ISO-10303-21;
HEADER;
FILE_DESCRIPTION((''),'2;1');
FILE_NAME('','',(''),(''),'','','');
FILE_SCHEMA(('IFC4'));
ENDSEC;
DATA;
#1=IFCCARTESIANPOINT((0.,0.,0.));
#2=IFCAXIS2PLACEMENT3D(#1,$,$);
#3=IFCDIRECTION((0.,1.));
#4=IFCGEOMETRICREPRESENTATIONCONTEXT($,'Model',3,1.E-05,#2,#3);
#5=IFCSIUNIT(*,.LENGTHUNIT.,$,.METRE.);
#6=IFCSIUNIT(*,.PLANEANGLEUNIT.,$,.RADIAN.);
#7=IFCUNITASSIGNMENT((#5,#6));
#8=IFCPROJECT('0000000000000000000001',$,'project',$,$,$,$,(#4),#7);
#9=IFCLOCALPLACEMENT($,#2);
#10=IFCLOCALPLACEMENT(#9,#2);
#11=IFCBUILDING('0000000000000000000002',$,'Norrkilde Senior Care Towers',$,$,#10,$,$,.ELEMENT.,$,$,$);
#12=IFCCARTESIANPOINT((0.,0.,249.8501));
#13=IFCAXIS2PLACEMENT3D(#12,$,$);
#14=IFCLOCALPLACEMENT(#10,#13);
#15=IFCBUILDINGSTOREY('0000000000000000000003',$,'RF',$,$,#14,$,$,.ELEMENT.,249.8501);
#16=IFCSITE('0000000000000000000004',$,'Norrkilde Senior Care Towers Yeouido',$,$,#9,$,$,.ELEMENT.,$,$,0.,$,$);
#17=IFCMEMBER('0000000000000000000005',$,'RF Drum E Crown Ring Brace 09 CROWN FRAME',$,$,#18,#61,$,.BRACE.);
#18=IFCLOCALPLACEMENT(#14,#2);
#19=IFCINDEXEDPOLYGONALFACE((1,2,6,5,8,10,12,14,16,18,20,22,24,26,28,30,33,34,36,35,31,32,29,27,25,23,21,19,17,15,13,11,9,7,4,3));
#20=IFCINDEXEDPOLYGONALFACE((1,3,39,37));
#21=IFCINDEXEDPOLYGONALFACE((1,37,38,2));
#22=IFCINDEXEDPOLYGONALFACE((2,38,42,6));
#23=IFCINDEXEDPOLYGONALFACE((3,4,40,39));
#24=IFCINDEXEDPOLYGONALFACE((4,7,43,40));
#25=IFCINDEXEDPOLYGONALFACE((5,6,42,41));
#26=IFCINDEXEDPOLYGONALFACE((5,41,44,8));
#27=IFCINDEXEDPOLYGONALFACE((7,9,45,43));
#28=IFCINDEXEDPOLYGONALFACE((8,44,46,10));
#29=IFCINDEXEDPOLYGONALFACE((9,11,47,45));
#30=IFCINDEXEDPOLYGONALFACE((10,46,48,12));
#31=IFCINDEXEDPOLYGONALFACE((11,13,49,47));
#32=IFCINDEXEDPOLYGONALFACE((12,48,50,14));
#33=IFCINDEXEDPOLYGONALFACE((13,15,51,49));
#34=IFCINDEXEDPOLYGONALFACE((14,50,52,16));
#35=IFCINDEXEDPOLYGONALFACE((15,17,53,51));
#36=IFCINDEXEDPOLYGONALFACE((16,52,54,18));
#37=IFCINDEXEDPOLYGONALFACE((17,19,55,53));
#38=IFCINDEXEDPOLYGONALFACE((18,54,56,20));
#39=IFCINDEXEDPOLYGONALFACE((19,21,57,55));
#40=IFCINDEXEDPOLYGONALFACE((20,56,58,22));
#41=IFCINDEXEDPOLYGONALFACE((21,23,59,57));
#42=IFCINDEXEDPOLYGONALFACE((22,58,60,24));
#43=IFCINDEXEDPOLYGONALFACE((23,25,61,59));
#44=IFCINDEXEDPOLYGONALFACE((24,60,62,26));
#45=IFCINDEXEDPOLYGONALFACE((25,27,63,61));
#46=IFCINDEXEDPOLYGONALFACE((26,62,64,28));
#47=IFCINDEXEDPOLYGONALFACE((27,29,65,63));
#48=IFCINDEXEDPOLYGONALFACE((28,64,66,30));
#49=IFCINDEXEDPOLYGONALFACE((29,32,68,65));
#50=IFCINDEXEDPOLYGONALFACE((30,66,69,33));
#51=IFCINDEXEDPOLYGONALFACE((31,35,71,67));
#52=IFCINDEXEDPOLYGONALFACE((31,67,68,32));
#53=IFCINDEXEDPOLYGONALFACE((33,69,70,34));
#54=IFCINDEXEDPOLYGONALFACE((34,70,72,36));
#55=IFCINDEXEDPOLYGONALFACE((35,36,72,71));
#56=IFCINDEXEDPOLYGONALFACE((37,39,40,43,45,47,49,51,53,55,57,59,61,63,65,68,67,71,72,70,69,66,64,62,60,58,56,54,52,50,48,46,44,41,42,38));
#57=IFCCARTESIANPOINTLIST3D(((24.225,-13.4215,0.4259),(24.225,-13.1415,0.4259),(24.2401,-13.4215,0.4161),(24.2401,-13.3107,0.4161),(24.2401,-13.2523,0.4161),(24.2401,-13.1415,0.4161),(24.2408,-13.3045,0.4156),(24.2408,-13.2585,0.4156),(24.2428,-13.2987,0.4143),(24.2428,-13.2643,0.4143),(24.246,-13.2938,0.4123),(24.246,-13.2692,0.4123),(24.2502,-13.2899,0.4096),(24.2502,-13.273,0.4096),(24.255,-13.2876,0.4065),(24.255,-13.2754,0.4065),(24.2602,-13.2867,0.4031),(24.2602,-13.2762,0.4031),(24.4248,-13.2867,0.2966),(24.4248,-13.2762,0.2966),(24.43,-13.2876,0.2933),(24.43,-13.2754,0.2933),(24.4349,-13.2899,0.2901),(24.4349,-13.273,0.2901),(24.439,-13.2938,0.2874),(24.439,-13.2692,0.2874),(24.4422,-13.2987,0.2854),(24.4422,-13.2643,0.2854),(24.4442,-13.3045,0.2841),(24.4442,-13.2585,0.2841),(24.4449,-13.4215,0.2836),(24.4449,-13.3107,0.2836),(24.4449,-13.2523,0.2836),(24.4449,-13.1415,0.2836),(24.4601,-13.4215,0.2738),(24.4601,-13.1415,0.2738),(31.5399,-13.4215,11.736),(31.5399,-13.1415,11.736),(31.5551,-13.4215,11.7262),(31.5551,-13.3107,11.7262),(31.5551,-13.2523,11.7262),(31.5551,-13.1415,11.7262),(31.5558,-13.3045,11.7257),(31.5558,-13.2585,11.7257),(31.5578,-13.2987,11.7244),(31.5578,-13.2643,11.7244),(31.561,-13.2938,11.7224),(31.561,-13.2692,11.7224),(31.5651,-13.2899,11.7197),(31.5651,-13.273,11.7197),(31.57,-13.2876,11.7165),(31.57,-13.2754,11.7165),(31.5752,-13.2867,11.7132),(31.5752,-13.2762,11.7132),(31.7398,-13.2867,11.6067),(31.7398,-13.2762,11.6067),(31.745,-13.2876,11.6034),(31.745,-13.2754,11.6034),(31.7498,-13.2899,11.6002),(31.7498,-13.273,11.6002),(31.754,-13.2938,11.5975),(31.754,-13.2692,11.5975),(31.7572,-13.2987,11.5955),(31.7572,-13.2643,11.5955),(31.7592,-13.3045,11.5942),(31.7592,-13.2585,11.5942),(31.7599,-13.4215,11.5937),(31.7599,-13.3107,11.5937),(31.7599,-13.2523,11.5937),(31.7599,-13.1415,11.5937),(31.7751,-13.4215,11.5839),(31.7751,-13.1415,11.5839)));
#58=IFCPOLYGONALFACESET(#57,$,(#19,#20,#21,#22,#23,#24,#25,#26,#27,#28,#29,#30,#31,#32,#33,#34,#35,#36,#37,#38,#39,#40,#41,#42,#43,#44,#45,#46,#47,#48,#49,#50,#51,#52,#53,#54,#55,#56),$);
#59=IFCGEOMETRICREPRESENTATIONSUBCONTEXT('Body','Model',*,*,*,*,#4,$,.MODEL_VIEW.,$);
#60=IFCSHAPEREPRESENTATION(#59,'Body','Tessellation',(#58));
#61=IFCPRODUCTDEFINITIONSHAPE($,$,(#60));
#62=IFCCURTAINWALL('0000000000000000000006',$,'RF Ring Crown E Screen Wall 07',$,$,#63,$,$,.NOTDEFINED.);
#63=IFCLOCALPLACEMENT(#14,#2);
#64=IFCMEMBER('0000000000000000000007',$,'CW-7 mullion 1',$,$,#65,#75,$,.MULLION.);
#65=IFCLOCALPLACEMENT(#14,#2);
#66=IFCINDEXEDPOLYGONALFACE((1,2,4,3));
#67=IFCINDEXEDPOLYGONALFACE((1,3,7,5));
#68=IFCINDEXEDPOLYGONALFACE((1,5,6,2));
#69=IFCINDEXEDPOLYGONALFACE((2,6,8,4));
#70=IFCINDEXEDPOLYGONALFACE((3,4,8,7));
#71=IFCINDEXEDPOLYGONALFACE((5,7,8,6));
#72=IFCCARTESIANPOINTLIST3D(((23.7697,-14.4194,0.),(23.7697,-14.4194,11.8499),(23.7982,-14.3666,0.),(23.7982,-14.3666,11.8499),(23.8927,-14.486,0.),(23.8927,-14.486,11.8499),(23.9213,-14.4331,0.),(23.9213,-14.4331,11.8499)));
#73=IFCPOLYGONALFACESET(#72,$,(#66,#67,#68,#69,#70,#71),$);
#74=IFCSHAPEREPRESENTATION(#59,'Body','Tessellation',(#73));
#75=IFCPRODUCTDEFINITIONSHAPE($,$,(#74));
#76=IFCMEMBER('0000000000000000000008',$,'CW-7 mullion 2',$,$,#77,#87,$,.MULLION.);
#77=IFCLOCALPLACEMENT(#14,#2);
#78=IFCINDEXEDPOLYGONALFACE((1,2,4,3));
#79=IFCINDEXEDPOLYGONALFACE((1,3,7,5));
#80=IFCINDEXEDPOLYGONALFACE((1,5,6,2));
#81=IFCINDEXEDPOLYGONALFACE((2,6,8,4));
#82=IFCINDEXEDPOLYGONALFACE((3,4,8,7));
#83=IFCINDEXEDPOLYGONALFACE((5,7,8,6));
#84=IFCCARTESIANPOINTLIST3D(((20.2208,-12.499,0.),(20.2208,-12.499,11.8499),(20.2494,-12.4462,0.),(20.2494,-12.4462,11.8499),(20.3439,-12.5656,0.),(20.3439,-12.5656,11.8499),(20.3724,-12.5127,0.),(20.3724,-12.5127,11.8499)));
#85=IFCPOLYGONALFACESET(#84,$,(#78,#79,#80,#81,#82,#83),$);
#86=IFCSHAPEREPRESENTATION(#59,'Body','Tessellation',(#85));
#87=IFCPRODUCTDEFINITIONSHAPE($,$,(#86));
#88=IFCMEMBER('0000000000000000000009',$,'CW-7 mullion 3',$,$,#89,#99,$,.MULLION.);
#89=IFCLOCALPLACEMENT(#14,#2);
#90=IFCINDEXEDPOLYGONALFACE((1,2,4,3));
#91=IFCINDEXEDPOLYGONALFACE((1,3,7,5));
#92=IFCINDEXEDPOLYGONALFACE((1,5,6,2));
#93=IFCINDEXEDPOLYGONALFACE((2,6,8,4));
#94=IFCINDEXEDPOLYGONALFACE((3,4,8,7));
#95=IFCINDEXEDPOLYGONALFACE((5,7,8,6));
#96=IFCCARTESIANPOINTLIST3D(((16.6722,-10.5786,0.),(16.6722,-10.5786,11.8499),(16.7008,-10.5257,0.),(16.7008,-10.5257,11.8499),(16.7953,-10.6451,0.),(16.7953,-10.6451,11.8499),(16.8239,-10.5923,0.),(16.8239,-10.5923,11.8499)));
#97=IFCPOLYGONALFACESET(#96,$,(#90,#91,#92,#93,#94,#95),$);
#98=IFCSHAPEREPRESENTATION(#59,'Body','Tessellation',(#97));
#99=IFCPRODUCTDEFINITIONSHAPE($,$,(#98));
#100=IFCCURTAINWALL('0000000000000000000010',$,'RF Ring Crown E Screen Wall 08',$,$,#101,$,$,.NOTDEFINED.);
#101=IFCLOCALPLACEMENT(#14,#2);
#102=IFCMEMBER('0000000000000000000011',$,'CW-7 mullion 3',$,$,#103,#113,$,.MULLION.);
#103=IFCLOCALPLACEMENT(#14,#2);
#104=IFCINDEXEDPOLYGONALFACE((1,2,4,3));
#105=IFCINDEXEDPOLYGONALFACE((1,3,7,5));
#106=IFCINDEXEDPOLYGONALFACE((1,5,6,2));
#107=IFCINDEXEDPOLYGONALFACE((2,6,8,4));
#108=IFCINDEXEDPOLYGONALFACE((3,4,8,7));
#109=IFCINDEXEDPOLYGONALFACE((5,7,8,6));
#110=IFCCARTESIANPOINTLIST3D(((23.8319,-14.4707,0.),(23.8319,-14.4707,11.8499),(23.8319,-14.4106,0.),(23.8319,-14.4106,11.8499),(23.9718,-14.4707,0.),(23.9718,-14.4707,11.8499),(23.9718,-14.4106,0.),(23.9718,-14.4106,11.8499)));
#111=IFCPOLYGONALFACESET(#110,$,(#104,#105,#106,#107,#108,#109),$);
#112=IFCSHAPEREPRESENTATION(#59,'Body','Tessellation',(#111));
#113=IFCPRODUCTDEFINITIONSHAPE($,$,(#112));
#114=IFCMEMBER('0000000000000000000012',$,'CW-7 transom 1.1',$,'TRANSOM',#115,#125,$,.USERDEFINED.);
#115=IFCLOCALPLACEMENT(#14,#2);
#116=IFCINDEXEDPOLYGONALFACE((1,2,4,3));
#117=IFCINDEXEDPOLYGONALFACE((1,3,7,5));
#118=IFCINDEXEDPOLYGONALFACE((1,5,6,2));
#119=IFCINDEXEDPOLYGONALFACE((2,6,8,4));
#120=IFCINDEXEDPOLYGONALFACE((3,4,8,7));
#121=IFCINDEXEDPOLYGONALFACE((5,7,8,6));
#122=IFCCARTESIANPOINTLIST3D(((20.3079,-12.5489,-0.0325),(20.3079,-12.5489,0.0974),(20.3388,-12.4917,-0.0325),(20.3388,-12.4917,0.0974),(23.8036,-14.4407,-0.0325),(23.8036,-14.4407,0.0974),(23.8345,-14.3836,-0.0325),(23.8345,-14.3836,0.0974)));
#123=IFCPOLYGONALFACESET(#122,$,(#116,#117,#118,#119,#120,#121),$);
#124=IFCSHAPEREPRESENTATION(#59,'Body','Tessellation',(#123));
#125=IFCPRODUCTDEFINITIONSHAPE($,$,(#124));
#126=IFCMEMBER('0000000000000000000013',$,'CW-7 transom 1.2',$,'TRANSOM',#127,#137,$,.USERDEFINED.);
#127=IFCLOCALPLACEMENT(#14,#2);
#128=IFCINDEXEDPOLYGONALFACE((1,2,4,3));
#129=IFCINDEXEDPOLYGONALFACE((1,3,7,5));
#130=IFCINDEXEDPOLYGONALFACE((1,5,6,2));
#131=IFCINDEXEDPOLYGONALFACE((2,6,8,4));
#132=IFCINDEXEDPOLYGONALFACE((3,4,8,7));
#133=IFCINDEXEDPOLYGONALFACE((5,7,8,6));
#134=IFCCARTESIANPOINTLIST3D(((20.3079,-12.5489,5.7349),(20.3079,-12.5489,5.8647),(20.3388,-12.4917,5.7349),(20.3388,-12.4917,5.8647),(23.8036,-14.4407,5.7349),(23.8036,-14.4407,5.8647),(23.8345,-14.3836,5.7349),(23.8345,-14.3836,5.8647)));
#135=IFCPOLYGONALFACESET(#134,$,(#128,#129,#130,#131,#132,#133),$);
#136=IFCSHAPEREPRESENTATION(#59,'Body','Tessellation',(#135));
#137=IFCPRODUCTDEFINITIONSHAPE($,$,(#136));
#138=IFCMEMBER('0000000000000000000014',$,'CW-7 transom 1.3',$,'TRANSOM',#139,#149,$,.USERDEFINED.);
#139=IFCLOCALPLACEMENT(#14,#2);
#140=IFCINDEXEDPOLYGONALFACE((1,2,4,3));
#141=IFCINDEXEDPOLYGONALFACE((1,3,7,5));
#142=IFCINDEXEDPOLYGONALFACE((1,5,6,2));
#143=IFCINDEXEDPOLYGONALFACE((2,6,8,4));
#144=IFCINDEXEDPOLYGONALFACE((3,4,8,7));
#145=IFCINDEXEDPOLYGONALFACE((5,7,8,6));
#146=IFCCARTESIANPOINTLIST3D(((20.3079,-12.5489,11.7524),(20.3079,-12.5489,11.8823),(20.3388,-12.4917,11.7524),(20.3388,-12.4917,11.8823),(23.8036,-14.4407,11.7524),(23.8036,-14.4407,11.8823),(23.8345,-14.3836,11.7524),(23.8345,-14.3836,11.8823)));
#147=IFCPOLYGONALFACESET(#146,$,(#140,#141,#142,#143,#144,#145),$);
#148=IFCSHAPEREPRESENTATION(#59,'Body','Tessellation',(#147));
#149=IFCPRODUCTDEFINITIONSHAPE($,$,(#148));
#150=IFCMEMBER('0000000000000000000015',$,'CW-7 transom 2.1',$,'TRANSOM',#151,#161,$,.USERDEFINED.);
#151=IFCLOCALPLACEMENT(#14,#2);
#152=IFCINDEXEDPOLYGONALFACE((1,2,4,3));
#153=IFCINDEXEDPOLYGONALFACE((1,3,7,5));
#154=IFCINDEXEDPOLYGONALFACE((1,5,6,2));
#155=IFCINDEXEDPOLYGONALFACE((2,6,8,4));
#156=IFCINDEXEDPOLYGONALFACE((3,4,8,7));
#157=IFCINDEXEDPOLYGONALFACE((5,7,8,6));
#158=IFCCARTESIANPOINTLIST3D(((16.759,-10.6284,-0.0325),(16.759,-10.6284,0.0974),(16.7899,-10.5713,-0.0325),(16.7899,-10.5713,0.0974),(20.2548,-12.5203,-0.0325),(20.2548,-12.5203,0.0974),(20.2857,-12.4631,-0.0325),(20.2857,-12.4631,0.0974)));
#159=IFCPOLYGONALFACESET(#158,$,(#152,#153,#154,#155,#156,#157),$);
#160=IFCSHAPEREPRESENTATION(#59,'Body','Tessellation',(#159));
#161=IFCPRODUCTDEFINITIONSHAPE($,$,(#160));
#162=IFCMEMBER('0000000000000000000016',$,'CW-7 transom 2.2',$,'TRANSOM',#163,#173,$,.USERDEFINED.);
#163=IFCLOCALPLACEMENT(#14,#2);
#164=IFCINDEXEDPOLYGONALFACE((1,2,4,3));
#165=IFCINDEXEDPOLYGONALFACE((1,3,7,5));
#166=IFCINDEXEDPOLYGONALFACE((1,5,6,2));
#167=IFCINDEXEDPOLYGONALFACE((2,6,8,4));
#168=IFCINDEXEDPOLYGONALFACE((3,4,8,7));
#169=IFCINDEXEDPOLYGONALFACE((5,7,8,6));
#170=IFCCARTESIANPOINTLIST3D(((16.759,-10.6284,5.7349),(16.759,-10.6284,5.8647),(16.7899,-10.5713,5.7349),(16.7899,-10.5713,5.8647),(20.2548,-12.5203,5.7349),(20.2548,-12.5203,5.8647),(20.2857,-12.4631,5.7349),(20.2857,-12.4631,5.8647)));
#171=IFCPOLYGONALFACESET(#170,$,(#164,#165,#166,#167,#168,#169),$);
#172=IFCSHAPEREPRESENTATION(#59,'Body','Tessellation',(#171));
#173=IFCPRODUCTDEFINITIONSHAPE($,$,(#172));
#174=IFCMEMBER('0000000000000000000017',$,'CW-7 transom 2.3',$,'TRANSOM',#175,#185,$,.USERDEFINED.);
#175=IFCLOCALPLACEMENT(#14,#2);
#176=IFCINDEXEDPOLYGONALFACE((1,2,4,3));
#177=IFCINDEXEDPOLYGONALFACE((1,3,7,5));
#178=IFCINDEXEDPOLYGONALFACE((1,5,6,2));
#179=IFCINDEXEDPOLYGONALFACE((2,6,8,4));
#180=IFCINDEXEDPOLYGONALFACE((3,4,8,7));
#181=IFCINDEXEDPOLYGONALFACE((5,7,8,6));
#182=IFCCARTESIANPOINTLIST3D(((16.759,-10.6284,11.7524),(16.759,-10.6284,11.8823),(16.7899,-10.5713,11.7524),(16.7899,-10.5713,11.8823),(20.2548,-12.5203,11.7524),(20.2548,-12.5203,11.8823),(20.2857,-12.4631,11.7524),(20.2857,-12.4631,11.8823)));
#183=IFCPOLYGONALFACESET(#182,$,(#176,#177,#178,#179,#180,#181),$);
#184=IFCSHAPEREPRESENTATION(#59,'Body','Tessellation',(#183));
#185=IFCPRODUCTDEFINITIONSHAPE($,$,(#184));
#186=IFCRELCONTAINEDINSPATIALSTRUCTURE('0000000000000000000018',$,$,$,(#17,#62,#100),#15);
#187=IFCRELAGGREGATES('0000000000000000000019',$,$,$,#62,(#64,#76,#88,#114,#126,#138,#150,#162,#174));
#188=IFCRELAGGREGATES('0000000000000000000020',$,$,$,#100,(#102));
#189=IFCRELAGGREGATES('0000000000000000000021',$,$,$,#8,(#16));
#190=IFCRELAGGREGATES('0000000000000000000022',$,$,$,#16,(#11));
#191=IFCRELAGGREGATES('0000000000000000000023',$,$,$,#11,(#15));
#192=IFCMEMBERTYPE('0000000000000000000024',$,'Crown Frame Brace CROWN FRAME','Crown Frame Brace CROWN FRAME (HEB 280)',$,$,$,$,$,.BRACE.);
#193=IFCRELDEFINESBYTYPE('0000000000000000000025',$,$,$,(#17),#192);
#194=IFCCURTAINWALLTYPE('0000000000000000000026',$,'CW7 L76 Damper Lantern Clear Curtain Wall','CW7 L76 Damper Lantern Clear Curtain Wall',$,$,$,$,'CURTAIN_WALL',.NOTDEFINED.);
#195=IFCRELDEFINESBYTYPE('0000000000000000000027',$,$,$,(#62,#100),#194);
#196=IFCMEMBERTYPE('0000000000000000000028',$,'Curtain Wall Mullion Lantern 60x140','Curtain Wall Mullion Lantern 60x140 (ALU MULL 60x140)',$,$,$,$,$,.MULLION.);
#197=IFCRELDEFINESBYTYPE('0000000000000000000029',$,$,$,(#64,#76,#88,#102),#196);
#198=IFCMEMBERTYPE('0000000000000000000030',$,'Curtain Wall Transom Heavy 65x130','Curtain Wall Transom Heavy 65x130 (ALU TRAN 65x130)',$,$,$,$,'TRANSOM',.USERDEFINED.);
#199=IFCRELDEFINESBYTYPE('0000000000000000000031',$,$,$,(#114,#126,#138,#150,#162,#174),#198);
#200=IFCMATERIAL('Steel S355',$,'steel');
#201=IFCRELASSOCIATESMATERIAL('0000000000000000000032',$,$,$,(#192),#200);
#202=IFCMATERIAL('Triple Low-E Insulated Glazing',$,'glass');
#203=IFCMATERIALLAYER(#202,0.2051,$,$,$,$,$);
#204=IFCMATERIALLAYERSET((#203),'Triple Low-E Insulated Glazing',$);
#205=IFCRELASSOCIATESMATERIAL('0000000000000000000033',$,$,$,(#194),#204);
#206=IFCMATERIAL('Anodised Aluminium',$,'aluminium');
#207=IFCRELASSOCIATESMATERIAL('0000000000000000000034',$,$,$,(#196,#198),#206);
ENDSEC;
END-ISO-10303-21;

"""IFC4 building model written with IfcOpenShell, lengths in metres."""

from ifc_helpers import new_model, si_unit, direction, frame, origin, origin_2d, place, context, subcontext, project, spatial, rectangle, i_section, extrude, source, transform, mapped, material, layer, layer_set, material_profile, profile_set, type_object, type_shapes, element, aggregate, save


model = new_model("IFC4")

# Units and contexts
model_context = context("Model", 3, precision=1e-05, world=origin(), true_north=direction((0.0, 1.0)))
body_context = subcontext(model_context, "Body", "Model", "MODEL_VIEW")
ifc_project = project(units=[si_unit("LENGTHUNIT", "METRE"), si_unit("PLANEANGLEUNIT", "RADIAN")], contexts=[model_context])

# Site, building, storey
site_placement = place(None, origin())
site = spatial("IfcSite", under=ifc_project, at=site_placement, Name="Norrkilde Senior Care Towers Yeouido", CompositionType="ELEMENT", RefElevation=0.0)
building_placement = place(site_placement, origin())
building = spatial("IfcBuilding", under=site, at=building_placement, Name="Norrkilde Senior Care Towers", CompositionType="ELEMENT")
storey_placement = place(building_placement, frame((0.0, 0.0, 249.8501)))
storey = spatial("IfcBuildingStorey", under=building, at=storey_placement, Name="RF", CompositionType="ELEMENT", Elevation=249.8501)

# Shared definitions
ifc_material_1 = material(Name="Steel S355", Category="steel")

# Member
ifc_material_profile_1 = material_profile(ifc_material_1, i_section(OverallWidth=0.28, OverallDepth=0.28, WebThickness=0.0105, FlangeThickness=0.0181, FilletRadius=0.0239, at=origin_2d()), Name="HEB 280")
ifc_profile_set_1 = profile_set([ifc_material_profile_1], Name="Steel S355")
member_type_1 = type_object("IfcMemberType", Name="Crown Frame Brace CROWN FRAME", Description="Crown Frame Brace CROWN FRAME (HEB 280)", PredefinedType="BRACE", material=ifc_profile_set_1)
shared_shape_1 = source(origin(), body_context, "Body", "SweptSolid", [
    extrude(i_section(OverallWidth=0.28, OverallDepth=0.28, WebThickness=0.0105, FlangeThickness=0.0181, FilletRadius=0.0239, at=origin_2d()), origin(), (0.0, 0.0, 1.0), 13.4695),
])
type_shapes(member_type_1, [shared_shape_1])
member_1_placement = place(storey_placement, frame((24.3425, -13.2815, 0.3499), z_axis=(0.543077, 0.0, 0.839683), x_axis=(0.0, 1.0, 0.0)))
element("IfcMember", 1, at=member_1_placement, inside=storey, type_object=member_type_1, Name="RF Drum E Crown Ring Brace 09 CROWN FRAME", PredefinedType="BRACE", context=body_context, shape_type="MappedRepresentation", body=[
    mapped(shared_shape_1, transform((0.0, 0.0, 0.0), x_axis=(1.0, 0.0, 0.0), y_axis=(0.0, 1.0, 0.0), z_axis=(0.0, 0.0, 1.0), scale=1.0)),
])

# Curtain wall, members
ifc_material_2 = material(Name="Triple Low-E Insulated Glazing", Category="glass")
ifc_layer_1 = layer(ifc_material_2, 0.2051)
ifc_layer_set_1 = layer_set([ifc_layer_1], Name="Triple Low-E Insulated Glazing")
curtain_wall_type = type_object("IfcCurtainWallType", Name="CW7 L76 Damper Lantern Clear Curtain Wall", Description="CW7 L76 Damper Lantern Clear Curtain Wall", ElementType="CURTAIN_WALL", PredefinedType="NOTDEFINED", material=ifc_layer_set_1)
curtain_wall_1_placement = place(storey_placement, origin())
curtain_wall_1 = element("IfcCurtainWall", 2, at=curtain_wall_1_placement, inside=storey, type_object=curtain_wall_type, Name="RF Ring Crown E Screen Wall 07", PredefinedType="NOTDEFINED")
ifc_material_3 = material(Name="Anodised Aluminium", Category="aluminium")
ifc_material_profile_2 = material_profile(ifc_material_3, rectangle(XDim=0.0601, YDim=0.1399, at=origin_2d()), Name="ALU MULL 60x140")
ifc_profile_set_2 = profile_set([ifc_material_profile_2], Name="Anodised Aluminium")
member_type_2 = type_object("IfcMemberType", Name="Curtain Wall Mullion Lantern 60x140", Description="Curtain Wall Mullion Lantern 60x140 (ALU MULL 60x140)", PredefinedType="MULLION", material=ifc_profile_set_2)
shared_shape_2 = source(origin(), body_context, "Body", "SweptSolid", [
    extrude(rectangle(XDim=0.0601, YDim=0.1399, at=origin_2d()), origin(), (0.0, 0.0, 1.0), 11.8499),
])
type_shapes(member_type_2, [shared_shape_2])
member_2_placement = place(storey_placement, frame((23.8455, -14.4263, 0.0), z_axis=(0.0, 0.0, 1.0), x_axis=(-0.475934, -0.879481, 0.0)))
member_2 = element("IfcMember", 3, at=member_2_placement, type_object=member_type_2, Name="CW-7 mullion 1", PredefinedType="MULLION", context=body_context, shape_type="MappedRepresentation", body=[
    mapped(shared_shape_2, transform((0.0, 0.0, 0.0), x_axis=(1.0, 0.0, 0.0), y_axis=(0.0, 1.0, 0.0), z_axis=(0.0, 0.0, 1.0), scale=1.0)),
])
member_3_placement = place(storey_placement, frame((20.2966, -12.5059, 0.0), z_axis=(0.0, 0.0, 1.0), x_axis=(-0.475934, -0.879481, 0.0)))
member_3 = element("IfcMember", 4, at=member_3_placement, type_object=member_type_2, Name="CW-7 mullion 2", PredefinedType="MULLION", context=body_context, shape_type="MappedRepresentation", body=[
    mapped(shared_shape_2, transform((0.0, 0.0, 0.0), x_axis=(1.0, 0.0, 0.0), y_axis=(0.0, 1.0, 0.0), z_axis=(0.0, 0.0, 1.0), scale=1.0)),
])
member_4_placement = place(storey_placement, frame((16.748, -10.5854, 0.0), z_axis=(0.0, 0.0, 1.0), x_axis=(-0.475934, -0.879481, 0.0)))
member_4 = element("IfcMember", 5, at=member_4_placement, type_object=member_type_2, Name="CW-7 mullion 3", PredefinedType="MULLION", context=body_context, shape_type="MappedRepresentation", body=[
    mapped(shared_shape_2, transform((0.0, 0.0, 0.0), x_axis=(1.0, 0.0, 0.0), y_axis=(0.0, 1.0, 0.0), z_axis=(0.0, 0.0, 1.0), scale=1.0)),
])

# Curtain wall, member
curtain_wall_2_placement = place(storey_placement, origin())
curtain_wall_2 = element("IfcCurtainWall", 6, at=curtain_wall_2_placement, inside=storey, type_object=curtain_wall_type, Name="RF Ring Crown E Screen Wall 08", PredefinedType="NOTDEFINED")
member_5_placement = place(storey_placement, frame((23.9019, -14.4407, 0.0), z_axis=(0.0, 0.0, 1.0), x_axis=(0.0, -1.0, 0.0)))
member_5 = element("IfcMember", 7, at=member_5_placement, type_object=member_type_2, Name="CW-7 mullion 3", PredefinedType="MULLION", context=body_context, shape_type="MappedRepresentation", body=[
    mapped(shared_shape_2, transform((0.0, 0.0, 0.0), x_axis=(1.0, 0.0, 0.0), y_axis=(0.0, 1.0, 0.0), z_axis=(0.0, 0.0, 1.0), scale=1.0)),
])

# Members
ifc_material_profile_3 = material_profile(ifc_material_3, rectangle(XDim=0.0649, YDim=0.1299, at=origin_2d()), Name="ALU TRAN 65x130")
ifc_profile_set_3 = profile_set([ifc_material_profile_3], Name="Anodised Aluminium")
member_type_3 = type_object("IfcMemberType", Name="Curtain Wall Transom Heavy 65x130", Description="Curtain Wall Transom Heavy 65x130 (ALU TRAN 65x130)", ElementType="TRANSOM", PredefinedType="USERDEFINED", material=ifc_profile_set_3)
shared_shape_3 = source(origin(), body_context, "Body", "SweptSolid", [
    extrude(rectangle(XDim=0.0649, YDim=0.1299, at=origin_2d()), origin(), (0.0, 0.0, 1.0), 3.9749),
])
member_6_placement = place(storey_placement, frame((23.8191, -14.4121, 0.0325), z_axis=(-0.879475, 0.475945, 0.0), x_axis=(-0.475945, -0.879475, 0.0)))
member_6 = element("IfcMember", 8, at=member_6_placement, type_object=member_type_3, Name="CW-7 transom 1.1", ObjectType="TRANSOM", PredefinedType="USERDEFINED", context=body_context, shape_type="MappedRepresentation", body=[
    mapped(shared_shape_3, transform((0.0, 0.0, 0.0), x_axis=(1.0, 0.0, 0.0), y_axis=(0.0, 1.0, 0.0), z_axis=(0.0, 0.0, 1.0), scale=1.0)),
])
member_7_placement = place(storey_placement, frame((23.8191, -14.4121, 5.7998), z_axis=(-0.879475, 0.475945, 0.0), x_axis=(-0.475945, -0.879475, 0.0)))
member_7 = element("IfcMember", 9, at=member_7_placement, type_object=member_type_3, Name="CW-7 transom 1.2", ObjectType="TRANSOM", PredefinedType="USERDEFINED", context=body_context, shape_type="MappedRepresentation", body=[
    mapped(shared_shape_3, transform((0.0, 0.0, 0.0), x_axis=(1.0, 0.0, 0.0), y_axis=(0.0, 1.0, 0.0), z_axis=(0.0, 0.0, 1.0), scale=1.0)),
])
member_8_placement = place(storey_placement, frame((23.8191, -14.4121, 11.8174), z_axis=(-0.879475, 0.475945, 0.0), x_axis=(-0.475945, -0.879475, 0.0)))
member_8 = element("IfcMember", 10, at=member_8_placement, type_object=member_type_3, Name="CW-7 transom 1.3", ObjectType="TRANSOM", PredefinedType="USERDEFINED", context=body_context, shape_type="MappedRepresentation", body=[
    mapped(shared_shape_3, transform((0.0, 0.0, 0.0), x_axis=(1.0, 0.0, 0.0), y_axis=(0.0, 1.0, 0.0), z_axis=(0.0, 0.0, 1.0), scale=1.0)),
])
member_9_placement = place(storey_placement, frame((20.2703, -12.4917, 0.0325), z_axis=(-0.879475, 0.475945, 0.0), x_axis=(-0.475945, -0.879475, 0.0)))
member_9 = element("IfcMember", 11, at=member_9_placement, type_object=member_type_3, Name="CW-7 transom 2.1", ObjectType="TRANSOM", PredefinedType="USERDEFINED", context=body_context, shape_type="MappedRepresentation", body=[
    mapped(shared_shape_3, transform((0.0, 0.0, 0.0), x_axis=(1.0, 0.0, 0.0), y_axis=(0.0, 1.0, 0.0), z_axis=(0.0, 0.0, 1.0), scale=1.0)),
])
member_10_placement = place(storey_placement, frame((20.2703, -12.4917, 5.7998), z_axis=(-0.879475, 0.475945, 0.0), x_axis=(-0.475945, -0.879475, 0.0)))
member_10 = element("IfcMember", 12, at=member_10_placement, type_object=member_type_3, Name="CW-7 transom 2.2", ObjectType="TRANSOM", PredefinedType="USERDEFINED", context=body_context, shape_type="MappedRepresentation", body=[
    mapped(shared_shape_3, transform((0.0, 0.0, 0.0), x_axis=(1.0, 0.0, 0.0), y_axis=(0.0, 1.0, 0.0), z_axis=(0.0, 0.0, 1.0), scale=1.0)),
])
member_11_placement = place(storey_placement, frame((20.2703, -12.4917, 11.8174), z_axis=(-0.879475, 0.475945, 0.0), x_axis=(-0.475945, -0.879475, 0.0)))
member_11 = element("IfcMember", 13, at=member_11_placement, type_object=member_type_3, Name="CW-7 transom 2.3", ObjectType="TRANSOM", PredefinedType="USERDEFINED", context=body_context, shape_type="MappedRepresentation", body=[
    mapped(shared_shape_3, transform((0.0, 0.0, 0.0), x_axis=(1.0, 0.0, 0.0), y_axis=(0.0, 1.0, 0.0), z_axis=(0.0, 0.0, 1.0), scale=1.0)),
])

aggregate(curtain_wall_1, [member_2, member_3, member_4, member_6, member_7, member_8, member_9, member_10, member_11])
aggregate(curtain_wall_2, [member_5])

save(model, "model.ifc")
